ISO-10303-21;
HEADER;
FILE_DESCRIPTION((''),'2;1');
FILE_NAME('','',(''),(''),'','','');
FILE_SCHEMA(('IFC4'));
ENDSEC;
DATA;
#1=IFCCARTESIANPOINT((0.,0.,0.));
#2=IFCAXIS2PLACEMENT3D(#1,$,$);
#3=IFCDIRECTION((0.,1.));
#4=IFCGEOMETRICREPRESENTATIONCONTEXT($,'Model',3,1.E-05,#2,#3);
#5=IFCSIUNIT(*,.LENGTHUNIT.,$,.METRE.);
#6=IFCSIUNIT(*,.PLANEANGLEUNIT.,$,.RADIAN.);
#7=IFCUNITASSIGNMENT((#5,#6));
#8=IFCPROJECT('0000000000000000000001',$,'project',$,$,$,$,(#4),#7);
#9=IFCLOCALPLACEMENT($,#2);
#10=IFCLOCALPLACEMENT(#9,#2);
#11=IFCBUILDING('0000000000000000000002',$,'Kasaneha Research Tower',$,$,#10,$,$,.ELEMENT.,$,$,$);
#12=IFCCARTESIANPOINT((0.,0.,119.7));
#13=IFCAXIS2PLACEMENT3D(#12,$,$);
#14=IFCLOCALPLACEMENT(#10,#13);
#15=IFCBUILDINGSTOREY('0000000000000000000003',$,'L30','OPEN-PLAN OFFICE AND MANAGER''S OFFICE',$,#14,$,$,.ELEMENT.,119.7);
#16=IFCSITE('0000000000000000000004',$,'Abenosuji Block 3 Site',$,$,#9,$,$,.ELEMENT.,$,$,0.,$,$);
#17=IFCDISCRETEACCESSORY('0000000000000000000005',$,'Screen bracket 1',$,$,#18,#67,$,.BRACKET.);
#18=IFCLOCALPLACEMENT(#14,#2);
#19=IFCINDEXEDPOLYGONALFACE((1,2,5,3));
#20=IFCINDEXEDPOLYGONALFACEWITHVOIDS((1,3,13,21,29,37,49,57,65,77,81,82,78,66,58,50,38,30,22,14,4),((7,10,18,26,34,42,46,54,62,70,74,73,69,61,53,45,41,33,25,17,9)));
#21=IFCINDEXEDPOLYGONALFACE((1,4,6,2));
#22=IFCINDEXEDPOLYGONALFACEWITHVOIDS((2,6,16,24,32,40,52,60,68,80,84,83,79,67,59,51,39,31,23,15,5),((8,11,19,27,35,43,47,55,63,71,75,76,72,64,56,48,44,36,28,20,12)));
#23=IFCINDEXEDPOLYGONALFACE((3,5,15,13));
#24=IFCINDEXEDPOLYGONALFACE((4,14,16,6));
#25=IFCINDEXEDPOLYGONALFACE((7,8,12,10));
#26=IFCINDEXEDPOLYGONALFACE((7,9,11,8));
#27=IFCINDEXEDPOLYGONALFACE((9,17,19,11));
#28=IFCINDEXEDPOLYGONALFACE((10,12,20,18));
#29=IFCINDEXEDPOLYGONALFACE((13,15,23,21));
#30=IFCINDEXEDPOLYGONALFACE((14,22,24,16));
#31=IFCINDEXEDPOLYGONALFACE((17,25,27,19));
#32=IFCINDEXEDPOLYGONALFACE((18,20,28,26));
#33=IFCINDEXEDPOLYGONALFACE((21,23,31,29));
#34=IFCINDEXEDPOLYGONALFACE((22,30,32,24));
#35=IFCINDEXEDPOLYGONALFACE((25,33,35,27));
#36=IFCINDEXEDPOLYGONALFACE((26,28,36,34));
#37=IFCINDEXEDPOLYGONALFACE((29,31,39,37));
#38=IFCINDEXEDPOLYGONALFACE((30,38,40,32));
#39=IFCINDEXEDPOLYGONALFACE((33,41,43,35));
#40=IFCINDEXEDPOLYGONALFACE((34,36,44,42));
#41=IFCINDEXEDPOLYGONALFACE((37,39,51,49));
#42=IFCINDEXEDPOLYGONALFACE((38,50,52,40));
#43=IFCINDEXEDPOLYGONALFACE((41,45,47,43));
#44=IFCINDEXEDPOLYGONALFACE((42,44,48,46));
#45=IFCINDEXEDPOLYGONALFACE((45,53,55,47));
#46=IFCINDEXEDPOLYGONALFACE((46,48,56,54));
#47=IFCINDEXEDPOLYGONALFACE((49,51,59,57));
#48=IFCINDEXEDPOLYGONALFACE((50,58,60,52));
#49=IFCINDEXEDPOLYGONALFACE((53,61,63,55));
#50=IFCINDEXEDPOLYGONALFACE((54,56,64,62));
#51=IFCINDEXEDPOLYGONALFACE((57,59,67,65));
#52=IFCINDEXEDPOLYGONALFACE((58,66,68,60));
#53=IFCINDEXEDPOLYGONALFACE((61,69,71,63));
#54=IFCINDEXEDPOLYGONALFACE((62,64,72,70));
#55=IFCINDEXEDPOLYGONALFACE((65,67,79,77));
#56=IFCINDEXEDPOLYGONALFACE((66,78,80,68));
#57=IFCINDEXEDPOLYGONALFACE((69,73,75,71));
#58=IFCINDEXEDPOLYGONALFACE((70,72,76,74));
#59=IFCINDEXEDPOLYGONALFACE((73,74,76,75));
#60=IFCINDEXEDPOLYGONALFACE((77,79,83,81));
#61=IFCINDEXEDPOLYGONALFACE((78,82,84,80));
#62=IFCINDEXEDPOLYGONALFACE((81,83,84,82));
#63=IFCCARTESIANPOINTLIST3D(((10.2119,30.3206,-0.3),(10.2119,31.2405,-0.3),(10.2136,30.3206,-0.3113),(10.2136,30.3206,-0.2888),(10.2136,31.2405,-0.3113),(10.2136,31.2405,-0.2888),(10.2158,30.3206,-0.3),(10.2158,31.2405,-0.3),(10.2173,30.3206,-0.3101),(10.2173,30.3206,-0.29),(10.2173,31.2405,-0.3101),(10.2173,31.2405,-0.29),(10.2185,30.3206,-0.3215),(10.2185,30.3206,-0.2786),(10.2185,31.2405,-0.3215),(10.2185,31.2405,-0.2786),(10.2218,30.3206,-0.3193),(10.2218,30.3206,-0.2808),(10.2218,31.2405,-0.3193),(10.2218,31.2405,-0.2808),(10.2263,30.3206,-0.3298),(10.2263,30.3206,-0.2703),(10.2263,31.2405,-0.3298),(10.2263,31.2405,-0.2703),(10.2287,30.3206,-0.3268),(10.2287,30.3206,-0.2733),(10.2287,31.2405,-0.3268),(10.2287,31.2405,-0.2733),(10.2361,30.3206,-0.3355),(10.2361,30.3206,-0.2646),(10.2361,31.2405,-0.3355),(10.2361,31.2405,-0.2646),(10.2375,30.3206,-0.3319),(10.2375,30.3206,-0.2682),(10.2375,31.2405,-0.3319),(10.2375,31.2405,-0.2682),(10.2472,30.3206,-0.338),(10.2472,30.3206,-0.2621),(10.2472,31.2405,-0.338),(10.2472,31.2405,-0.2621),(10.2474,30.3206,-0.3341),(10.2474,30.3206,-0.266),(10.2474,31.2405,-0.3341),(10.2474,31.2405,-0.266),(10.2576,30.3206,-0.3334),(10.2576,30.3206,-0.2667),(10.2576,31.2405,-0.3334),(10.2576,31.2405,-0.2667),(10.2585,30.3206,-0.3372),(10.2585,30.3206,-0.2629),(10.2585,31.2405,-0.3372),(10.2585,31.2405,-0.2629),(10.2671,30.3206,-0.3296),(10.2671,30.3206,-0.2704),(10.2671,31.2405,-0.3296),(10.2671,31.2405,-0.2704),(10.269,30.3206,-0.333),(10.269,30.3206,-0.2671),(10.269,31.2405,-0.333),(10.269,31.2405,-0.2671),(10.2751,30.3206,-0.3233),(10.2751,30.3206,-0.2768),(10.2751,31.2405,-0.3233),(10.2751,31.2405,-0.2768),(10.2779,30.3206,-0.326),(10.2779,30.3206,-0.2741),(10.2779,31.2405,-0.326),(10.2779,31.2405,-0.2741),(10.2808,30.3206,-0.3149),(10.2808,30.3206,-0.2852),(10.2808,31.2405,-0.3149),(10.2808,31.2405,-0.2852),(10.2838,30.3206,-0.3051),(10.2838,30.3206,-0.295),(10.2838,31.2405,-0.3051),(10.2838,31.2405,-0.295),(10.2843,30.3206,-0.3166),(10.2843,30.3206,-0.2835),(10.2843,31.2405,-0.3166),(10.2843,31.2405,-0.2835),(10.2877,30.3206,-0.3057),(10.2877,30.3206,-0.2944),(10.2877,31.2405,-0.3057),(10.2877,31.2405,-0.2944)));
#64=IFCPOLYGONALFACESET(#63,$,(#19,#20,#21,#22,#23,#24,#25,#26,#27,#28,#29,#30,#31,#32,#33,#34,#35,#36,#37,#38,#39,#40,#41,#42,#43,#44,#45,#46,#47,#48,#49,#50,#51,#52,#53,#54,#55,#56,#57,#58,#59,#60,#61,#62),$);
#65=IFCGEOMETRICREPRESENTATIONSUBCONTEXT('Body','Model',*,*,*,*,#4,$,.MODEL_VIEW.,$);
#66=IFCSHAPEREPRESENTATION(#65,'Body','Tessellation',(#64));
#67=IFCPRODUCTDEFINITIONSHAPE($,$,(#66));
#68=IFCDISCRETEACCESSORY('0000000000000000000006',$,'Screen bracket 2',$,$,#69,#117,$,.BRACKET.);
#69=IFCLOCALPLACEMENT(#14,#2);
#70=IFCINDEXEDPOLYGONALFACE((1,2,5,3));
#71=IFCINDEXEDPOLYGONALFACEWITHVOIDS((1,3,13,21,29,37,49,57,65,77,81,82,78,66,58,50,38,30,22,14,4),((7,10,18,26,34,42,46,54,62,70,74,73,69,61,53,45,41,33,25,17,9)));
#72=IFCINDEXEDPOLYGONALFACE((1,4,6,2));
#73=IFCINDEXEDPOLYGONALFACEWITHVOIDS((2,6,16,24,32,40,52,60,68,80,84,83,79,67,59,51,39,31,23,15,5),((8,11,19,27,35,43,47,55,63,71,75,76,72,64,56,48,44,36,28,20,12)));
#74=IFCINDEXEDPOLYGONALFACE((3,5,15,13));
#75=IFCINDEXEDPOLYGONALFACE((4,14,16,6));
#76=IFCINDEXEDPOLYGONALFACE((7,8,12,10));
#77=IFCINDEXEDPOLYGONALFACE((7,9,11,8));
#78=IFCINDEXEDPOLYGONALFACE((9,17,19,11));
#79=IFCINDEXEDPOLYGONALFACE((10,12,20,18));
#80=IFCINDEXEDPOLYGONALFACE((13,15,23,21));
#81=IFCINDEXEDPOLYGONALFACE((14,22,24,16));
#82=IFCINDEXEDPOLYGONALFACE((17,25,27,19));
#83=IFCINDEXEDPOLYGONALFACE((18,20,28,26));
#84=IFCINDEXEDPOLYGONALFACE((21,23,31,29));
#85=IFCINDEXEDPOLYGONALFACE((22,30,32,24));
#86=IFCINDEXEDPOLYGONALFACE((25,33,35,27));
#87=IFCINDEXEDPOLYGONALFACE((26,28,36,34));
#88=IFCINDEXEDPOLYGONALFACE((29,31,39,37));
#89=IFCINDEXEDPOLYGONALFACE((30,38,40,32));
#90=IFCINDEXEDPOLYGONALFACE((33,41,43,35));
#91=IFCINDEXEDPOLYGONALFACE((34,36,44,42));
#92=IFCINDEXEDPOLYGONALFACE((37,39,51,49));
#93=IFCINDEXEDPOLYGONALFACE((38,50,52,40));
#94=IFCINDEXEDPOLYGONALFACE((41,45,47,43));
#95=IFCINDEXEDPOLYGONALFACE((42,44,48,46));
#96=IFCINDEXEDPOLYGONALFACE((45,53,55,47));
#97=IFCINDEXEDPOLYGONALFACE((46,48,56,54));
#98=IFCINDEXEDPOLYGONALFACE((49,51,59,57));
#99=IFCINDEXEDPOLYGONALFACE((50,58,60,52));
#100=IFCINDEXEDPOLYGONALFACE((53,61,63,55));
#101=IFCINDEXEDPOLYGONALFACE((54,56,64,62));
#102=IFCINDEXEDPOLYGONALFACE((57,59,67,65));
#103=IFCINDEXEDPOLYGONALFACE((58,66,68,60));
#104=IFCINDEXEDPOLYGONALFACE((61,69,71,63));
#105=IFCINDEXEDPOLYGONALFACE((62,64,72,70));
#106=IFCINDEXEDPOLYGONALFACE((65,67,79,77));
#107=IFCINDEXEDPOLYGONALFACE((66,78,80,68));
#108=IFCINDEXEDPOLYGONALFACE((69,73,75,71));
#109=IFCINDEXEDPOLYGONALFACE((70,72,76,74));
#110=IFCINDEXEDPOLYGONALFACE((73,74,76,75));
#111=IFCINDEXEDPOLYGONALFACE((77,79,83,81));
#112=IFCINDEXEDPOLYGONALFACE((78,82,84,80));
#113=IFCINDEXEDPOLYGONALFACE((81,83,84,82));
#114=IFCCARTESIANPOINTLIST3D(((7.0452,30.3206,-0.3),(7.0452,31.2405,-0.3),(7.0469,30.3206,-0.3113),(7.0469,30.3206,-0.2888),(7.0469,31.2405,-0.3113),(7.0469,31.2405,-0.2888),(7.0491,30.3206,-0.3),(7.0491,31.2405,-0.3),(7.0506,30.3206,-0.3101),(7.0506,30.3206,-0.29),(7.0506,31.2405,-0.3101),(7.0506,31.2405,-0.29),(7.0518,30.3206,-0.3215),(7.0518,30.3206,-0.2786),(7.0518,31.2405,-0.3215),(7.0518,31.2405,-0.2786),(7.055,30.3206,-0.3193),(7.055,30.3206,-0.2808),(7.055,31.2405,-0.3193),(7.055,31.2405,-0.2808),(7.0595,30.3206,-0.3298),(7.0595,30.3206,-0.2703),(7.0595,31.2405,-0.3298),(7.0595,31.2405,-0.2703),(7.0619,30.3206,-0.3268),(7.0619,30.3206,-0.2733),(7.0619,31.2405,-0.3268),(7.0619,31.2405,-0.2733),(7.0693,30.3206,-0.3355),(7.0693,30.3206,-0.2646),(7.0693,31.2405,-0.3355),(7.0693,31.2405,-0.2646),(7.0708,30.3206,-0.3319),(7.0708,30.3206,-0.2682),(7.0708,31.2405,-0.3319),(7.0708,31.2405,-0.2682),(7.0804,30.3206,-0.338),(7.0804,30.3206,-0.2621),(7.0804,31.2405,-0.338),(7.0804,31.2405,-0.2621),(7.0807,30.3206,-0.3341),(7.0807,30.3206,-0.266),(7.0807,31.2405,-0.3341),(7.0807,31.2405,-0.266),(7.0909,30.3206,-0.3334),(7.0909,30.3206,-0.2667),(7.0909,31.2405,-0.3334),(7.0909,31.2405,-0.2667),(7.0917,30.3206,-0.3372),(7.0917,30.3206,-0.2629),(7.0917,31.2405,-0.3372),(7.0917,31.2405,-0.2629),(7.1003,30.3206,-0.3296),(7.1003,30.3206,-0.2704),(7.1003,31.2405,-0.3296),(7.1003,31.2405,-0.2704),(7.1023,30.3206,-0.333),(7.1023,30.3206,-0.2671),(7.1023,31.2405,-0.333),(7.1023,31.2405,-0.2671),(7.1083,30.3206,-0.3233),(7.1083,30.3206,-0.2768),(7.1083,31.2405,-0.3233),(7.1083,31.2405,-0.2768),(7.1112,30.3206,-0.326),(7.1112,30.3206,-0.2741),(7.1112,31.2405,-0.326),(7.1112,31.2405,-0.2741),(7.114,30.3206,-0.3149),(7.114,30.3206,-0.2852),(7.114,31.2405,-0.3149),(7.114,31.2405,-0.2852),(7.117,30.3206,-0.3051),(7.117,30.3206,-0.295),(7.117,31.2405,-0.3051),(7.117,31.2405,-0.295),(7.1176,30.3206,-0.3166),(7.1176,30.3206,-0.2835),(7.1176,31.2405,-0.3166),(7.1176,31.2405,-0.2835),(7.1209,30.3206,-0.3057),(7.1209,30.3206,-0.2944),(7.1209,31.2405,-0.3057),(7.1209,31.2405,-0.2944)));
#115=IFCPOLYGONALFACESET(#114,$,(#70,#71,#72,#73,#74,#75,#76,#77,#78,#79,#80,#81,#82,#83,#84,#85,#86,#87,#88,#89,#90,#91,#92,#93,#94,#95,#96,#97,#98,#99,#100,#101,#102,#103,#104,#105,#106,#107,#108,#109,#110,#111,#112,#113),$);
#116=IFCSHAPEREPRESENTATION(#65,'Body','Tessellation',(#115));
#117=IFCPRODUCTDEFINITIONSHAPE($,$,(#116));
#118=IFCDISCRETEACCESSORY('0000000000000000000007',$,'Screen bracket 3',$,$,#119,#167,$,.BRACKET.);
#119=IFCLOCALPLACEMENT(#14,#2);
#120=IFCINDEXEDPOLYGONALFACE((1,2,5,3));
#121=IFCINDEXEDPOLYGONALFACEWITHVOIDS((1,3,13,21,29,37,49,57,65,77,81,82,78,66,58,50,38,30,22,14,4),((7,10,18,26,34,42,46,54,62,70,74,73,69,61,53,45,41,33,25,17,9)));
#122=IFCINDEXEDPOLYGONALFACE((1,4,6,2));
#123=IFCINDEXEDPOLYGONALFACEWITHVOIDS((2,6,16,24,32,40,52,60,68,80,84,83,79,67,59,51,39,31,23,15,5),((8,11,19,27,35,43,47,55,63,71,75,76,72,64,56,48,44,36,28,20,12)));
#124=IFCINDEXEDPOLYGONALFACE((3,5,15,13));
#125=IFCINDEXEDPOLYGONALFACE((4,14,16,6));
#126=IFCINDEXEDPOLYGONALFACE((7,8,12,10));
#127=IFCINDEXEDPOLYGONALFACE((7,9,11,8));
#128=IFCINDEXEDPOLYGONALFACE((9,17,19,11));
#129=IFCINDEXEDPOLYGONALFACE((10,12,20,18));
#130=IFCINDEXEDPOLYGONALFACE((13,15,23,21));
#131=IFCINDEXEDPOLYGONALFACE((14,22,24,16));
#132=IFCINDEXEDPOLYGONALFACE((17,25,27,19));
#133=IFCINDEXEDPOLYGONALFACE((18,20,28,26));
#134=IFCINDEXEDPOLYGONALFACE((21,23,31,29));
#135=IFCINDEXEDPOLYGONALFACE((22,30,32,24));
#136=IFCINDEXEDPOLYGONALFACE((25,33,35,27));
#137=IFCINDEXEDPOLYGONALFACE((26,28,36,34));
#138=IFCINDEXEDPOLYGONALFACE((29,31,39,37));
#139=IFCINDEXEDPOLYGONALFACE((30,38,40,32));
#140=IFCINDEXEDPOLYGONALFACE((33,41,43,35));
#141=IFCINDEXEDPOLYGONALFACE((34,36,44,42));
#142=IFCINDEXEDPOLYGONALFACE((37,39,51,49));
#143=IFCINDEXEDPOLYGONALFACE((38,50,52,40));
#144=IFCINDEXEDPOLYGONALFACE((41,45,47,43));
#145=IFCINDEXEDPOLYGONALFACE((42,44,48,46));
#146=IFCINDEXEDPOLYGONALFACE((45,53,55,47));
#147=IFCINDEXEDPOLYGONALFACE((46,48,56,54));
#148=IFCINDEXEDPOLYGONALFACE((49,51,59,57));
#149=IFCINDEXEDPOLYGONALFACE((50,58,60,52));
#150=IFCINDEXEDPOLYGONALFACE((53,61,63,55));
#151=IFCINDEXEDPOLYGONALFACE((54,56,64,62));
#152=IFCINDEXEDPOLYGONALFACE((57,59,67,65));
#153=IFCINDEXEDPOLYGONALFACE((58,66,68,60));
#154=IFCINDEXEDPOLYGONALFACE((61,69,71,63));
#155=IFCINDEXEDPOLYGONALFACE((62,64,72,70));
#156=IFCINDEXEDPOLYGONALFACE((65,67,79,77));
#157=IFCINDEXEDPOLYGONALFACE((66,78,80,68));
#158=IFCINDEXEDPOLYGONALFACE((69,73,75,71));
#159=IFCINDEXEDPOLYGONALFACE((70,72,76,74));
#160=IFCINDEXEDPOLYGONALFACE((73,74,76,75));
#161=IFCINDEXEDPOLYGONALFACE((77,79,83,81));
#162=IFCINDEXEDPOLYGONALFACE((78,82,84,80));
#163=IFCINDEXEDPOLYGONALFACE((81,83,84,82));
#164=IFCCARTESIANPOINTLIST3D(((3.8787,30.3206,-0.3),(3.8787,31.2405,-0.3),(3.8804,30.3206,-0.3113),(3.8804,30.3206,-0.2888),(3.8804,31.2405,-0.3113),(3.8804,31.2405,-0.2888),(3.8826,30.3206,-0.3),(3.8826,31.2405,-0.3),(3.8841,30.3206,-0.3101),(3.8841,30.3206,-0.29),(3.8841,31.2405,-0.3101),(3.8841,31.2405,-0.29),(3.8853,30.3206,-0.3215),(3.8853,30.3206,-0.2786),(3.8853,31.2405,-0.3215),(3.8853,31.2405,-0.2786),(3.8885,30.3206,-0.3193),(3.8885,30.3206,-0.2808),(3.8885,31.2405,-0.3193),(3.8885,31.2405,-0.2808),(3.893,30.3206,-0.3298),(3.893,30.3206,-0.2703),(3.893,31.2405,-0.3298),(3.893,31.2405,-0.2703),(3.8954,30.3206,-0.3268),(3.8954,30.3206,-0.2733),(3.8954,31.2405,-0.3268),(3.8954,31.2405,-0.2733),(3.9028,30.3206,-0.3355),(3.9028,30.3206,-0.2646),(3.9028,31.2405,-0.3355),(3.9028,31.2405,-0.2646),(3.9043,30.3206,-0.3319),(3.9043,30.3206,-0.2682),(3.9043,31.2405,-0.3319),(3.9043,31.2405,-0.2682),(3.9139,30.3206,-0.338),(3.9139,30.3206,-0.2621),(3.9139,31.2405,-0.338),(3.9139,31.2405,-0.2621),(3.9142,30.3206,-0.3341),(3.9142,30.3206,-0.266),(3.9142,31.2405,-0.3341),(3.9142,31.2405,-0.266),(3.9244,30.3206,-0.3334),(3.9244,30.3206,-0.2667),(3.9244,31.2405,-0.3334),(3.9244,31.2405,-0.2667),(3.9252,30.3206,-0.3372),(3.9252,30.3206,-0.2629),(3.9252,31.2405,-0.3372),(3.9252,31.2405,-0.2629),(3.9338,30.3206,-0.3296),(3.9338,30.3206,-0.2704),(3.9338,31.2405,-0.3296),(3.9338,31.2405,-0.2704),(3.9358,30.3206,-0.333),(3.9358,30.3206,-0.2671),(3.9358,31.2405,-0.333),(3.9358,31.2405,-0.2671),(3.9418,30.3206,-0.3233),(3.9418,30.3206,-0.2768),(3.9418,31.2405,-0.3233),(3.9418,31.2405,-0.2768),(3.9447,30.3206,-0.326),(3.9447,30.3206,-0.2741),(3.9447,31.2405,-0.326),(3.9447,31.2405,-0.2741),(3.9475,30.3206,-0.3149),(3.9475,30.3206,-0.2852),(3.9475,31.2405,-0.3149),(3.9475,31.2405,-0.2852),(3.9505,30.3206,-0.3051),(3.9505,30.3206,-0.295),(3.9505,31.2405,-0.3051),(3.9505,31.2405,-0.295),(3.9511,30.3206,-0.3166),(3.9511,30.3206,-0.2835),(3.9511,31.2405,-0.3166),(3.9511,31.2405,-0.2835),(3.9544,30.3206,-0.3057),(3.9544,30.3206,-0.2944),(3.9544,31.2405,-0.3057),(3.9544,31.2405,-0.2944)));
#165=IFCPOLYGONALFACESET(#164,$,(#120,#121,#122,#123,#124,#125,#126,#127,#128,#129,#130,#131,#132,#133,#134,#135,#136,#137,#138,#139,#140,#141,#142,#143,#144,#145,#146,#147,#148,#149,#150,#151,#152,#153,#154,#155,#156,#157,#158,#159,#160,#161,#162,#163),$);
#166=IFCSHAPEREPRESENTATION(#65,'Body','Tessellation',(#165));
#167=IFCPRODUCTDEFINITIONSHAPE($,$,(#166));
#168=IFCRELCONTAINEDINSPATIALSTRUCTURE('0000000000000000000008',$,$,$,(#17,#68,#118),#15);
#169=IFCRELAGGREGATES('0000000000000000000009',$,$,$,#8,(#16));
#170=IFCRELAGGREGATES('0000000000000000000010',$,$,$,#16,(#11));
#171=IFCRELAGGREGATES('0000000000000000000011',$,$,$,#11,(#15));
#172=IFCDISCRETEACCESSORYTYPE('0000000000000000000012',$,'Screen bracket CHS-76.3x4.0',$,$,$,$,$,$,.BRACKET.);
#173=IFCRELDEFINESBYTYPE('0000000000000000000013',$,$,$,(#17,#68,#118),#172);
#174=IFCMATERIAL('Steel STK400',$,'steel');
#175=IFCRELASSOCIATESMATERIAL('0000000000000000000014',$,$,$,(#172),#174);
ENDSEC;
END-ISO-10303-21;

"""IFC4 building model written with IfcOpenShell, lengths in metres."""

from ifc_helpers import new_model, si_unit, direction, frame, origin, origin_2d, place, context, subcontext, project, spatial, hollow_circle, extrude, material, material_profile, profile_set, type_object, element, save


model = new_model("IFC4")

# Units and contexts
model_context = context("Model", 3, precision=1e-05, world=origin(), true_north=direction((0.0, 1.0)))
body_context = subcontext(model_context, "Body", "Model", "MODEL_VIEW")
ifc_project = project(units=[si_unit("LENGTHUNIT", "METRE"), si_unit("PLANEANGLEUNIT", "RADIAN")], contexts=[model_context])

# Site, building, storey
site_placement = place(None, origin())
site = spatial("IfcSite", under=ifc_project, at=site_placement, Name="Abenosuji Block 3 Site", CompositionType="ELEMENT", RefElevation=0.0)
building_placement = place(site_placement, origin())
building = spatial("IfcBuilding", under=site, at=building_placement, Name="Kasaneha Research Tower", CompositionType="ELEMENT")
storey_placement = place(building_placement, frame((0.0, 0.0, 119.7)))
storey = spatial("IfcBuildingStorey", under=building, at=storey_placement, Name="L30", Description="OPEN-PLAN OFFICE AND MANAGER'S OFFICE", CompositionType="ELEMENT", Elevation=119.7)

# Discrete accessories
ifc_material_1 = material(Name="Steel STK400", Category="steel")
ifc_material_profile_1 = material_profile(ifc_material_1, hollow_circle(Radius=0.0381, WallThickness=0.0039, at=origin_2d()), Name="CHS-76.3x4.0")
ifc_profile_set_1 = profile_set([ifc_material_profile_1], Name="Steel STK400")
discrete_accessory_type = type_object("IfcDiscreteAccessoryType", Name="Screen bracket CHS-76.3x4.0", PredefinedType="BRACKET", material=ifc_profile_set_1)
for number, where, z_axis, x_axis, name in (
    (1, (10.25, 30.3206, -0.3), (0.0, 1.0, 0.0), (-1.0, 0.0, 0.0), "Screen bracket 1"),
    (2, (7.0833, 30.3206, -0.3), (0.0, 1.0, 0.0), (-1.0, 0.0, 0.0), "Screen bracket 2"),
    (3, (3.9167, 30.3206, -0.3), (0.0, 1.0, 0.0), (-1.0, 0.0, 0.0), "Screen bracket 3"),
):
    element("IfcDiscreteAccessory", number, at=place(storey_placement, frame(where, z_axis=z_axis, x_axis=x_axis)), inside=storey, type_object=discrete_accessory_type, Name=name, PredefinedType="BRACKET", context=body_context, shape_type="SweptSolid", body=[
        extrude(hollow_circle(Radius=0.0381, WallThickness=0.0039, at=origin_2d()), origin(), (0.0, 0.0, 1.0), 0.9199),
    ])

save(model, "model.ifc")
